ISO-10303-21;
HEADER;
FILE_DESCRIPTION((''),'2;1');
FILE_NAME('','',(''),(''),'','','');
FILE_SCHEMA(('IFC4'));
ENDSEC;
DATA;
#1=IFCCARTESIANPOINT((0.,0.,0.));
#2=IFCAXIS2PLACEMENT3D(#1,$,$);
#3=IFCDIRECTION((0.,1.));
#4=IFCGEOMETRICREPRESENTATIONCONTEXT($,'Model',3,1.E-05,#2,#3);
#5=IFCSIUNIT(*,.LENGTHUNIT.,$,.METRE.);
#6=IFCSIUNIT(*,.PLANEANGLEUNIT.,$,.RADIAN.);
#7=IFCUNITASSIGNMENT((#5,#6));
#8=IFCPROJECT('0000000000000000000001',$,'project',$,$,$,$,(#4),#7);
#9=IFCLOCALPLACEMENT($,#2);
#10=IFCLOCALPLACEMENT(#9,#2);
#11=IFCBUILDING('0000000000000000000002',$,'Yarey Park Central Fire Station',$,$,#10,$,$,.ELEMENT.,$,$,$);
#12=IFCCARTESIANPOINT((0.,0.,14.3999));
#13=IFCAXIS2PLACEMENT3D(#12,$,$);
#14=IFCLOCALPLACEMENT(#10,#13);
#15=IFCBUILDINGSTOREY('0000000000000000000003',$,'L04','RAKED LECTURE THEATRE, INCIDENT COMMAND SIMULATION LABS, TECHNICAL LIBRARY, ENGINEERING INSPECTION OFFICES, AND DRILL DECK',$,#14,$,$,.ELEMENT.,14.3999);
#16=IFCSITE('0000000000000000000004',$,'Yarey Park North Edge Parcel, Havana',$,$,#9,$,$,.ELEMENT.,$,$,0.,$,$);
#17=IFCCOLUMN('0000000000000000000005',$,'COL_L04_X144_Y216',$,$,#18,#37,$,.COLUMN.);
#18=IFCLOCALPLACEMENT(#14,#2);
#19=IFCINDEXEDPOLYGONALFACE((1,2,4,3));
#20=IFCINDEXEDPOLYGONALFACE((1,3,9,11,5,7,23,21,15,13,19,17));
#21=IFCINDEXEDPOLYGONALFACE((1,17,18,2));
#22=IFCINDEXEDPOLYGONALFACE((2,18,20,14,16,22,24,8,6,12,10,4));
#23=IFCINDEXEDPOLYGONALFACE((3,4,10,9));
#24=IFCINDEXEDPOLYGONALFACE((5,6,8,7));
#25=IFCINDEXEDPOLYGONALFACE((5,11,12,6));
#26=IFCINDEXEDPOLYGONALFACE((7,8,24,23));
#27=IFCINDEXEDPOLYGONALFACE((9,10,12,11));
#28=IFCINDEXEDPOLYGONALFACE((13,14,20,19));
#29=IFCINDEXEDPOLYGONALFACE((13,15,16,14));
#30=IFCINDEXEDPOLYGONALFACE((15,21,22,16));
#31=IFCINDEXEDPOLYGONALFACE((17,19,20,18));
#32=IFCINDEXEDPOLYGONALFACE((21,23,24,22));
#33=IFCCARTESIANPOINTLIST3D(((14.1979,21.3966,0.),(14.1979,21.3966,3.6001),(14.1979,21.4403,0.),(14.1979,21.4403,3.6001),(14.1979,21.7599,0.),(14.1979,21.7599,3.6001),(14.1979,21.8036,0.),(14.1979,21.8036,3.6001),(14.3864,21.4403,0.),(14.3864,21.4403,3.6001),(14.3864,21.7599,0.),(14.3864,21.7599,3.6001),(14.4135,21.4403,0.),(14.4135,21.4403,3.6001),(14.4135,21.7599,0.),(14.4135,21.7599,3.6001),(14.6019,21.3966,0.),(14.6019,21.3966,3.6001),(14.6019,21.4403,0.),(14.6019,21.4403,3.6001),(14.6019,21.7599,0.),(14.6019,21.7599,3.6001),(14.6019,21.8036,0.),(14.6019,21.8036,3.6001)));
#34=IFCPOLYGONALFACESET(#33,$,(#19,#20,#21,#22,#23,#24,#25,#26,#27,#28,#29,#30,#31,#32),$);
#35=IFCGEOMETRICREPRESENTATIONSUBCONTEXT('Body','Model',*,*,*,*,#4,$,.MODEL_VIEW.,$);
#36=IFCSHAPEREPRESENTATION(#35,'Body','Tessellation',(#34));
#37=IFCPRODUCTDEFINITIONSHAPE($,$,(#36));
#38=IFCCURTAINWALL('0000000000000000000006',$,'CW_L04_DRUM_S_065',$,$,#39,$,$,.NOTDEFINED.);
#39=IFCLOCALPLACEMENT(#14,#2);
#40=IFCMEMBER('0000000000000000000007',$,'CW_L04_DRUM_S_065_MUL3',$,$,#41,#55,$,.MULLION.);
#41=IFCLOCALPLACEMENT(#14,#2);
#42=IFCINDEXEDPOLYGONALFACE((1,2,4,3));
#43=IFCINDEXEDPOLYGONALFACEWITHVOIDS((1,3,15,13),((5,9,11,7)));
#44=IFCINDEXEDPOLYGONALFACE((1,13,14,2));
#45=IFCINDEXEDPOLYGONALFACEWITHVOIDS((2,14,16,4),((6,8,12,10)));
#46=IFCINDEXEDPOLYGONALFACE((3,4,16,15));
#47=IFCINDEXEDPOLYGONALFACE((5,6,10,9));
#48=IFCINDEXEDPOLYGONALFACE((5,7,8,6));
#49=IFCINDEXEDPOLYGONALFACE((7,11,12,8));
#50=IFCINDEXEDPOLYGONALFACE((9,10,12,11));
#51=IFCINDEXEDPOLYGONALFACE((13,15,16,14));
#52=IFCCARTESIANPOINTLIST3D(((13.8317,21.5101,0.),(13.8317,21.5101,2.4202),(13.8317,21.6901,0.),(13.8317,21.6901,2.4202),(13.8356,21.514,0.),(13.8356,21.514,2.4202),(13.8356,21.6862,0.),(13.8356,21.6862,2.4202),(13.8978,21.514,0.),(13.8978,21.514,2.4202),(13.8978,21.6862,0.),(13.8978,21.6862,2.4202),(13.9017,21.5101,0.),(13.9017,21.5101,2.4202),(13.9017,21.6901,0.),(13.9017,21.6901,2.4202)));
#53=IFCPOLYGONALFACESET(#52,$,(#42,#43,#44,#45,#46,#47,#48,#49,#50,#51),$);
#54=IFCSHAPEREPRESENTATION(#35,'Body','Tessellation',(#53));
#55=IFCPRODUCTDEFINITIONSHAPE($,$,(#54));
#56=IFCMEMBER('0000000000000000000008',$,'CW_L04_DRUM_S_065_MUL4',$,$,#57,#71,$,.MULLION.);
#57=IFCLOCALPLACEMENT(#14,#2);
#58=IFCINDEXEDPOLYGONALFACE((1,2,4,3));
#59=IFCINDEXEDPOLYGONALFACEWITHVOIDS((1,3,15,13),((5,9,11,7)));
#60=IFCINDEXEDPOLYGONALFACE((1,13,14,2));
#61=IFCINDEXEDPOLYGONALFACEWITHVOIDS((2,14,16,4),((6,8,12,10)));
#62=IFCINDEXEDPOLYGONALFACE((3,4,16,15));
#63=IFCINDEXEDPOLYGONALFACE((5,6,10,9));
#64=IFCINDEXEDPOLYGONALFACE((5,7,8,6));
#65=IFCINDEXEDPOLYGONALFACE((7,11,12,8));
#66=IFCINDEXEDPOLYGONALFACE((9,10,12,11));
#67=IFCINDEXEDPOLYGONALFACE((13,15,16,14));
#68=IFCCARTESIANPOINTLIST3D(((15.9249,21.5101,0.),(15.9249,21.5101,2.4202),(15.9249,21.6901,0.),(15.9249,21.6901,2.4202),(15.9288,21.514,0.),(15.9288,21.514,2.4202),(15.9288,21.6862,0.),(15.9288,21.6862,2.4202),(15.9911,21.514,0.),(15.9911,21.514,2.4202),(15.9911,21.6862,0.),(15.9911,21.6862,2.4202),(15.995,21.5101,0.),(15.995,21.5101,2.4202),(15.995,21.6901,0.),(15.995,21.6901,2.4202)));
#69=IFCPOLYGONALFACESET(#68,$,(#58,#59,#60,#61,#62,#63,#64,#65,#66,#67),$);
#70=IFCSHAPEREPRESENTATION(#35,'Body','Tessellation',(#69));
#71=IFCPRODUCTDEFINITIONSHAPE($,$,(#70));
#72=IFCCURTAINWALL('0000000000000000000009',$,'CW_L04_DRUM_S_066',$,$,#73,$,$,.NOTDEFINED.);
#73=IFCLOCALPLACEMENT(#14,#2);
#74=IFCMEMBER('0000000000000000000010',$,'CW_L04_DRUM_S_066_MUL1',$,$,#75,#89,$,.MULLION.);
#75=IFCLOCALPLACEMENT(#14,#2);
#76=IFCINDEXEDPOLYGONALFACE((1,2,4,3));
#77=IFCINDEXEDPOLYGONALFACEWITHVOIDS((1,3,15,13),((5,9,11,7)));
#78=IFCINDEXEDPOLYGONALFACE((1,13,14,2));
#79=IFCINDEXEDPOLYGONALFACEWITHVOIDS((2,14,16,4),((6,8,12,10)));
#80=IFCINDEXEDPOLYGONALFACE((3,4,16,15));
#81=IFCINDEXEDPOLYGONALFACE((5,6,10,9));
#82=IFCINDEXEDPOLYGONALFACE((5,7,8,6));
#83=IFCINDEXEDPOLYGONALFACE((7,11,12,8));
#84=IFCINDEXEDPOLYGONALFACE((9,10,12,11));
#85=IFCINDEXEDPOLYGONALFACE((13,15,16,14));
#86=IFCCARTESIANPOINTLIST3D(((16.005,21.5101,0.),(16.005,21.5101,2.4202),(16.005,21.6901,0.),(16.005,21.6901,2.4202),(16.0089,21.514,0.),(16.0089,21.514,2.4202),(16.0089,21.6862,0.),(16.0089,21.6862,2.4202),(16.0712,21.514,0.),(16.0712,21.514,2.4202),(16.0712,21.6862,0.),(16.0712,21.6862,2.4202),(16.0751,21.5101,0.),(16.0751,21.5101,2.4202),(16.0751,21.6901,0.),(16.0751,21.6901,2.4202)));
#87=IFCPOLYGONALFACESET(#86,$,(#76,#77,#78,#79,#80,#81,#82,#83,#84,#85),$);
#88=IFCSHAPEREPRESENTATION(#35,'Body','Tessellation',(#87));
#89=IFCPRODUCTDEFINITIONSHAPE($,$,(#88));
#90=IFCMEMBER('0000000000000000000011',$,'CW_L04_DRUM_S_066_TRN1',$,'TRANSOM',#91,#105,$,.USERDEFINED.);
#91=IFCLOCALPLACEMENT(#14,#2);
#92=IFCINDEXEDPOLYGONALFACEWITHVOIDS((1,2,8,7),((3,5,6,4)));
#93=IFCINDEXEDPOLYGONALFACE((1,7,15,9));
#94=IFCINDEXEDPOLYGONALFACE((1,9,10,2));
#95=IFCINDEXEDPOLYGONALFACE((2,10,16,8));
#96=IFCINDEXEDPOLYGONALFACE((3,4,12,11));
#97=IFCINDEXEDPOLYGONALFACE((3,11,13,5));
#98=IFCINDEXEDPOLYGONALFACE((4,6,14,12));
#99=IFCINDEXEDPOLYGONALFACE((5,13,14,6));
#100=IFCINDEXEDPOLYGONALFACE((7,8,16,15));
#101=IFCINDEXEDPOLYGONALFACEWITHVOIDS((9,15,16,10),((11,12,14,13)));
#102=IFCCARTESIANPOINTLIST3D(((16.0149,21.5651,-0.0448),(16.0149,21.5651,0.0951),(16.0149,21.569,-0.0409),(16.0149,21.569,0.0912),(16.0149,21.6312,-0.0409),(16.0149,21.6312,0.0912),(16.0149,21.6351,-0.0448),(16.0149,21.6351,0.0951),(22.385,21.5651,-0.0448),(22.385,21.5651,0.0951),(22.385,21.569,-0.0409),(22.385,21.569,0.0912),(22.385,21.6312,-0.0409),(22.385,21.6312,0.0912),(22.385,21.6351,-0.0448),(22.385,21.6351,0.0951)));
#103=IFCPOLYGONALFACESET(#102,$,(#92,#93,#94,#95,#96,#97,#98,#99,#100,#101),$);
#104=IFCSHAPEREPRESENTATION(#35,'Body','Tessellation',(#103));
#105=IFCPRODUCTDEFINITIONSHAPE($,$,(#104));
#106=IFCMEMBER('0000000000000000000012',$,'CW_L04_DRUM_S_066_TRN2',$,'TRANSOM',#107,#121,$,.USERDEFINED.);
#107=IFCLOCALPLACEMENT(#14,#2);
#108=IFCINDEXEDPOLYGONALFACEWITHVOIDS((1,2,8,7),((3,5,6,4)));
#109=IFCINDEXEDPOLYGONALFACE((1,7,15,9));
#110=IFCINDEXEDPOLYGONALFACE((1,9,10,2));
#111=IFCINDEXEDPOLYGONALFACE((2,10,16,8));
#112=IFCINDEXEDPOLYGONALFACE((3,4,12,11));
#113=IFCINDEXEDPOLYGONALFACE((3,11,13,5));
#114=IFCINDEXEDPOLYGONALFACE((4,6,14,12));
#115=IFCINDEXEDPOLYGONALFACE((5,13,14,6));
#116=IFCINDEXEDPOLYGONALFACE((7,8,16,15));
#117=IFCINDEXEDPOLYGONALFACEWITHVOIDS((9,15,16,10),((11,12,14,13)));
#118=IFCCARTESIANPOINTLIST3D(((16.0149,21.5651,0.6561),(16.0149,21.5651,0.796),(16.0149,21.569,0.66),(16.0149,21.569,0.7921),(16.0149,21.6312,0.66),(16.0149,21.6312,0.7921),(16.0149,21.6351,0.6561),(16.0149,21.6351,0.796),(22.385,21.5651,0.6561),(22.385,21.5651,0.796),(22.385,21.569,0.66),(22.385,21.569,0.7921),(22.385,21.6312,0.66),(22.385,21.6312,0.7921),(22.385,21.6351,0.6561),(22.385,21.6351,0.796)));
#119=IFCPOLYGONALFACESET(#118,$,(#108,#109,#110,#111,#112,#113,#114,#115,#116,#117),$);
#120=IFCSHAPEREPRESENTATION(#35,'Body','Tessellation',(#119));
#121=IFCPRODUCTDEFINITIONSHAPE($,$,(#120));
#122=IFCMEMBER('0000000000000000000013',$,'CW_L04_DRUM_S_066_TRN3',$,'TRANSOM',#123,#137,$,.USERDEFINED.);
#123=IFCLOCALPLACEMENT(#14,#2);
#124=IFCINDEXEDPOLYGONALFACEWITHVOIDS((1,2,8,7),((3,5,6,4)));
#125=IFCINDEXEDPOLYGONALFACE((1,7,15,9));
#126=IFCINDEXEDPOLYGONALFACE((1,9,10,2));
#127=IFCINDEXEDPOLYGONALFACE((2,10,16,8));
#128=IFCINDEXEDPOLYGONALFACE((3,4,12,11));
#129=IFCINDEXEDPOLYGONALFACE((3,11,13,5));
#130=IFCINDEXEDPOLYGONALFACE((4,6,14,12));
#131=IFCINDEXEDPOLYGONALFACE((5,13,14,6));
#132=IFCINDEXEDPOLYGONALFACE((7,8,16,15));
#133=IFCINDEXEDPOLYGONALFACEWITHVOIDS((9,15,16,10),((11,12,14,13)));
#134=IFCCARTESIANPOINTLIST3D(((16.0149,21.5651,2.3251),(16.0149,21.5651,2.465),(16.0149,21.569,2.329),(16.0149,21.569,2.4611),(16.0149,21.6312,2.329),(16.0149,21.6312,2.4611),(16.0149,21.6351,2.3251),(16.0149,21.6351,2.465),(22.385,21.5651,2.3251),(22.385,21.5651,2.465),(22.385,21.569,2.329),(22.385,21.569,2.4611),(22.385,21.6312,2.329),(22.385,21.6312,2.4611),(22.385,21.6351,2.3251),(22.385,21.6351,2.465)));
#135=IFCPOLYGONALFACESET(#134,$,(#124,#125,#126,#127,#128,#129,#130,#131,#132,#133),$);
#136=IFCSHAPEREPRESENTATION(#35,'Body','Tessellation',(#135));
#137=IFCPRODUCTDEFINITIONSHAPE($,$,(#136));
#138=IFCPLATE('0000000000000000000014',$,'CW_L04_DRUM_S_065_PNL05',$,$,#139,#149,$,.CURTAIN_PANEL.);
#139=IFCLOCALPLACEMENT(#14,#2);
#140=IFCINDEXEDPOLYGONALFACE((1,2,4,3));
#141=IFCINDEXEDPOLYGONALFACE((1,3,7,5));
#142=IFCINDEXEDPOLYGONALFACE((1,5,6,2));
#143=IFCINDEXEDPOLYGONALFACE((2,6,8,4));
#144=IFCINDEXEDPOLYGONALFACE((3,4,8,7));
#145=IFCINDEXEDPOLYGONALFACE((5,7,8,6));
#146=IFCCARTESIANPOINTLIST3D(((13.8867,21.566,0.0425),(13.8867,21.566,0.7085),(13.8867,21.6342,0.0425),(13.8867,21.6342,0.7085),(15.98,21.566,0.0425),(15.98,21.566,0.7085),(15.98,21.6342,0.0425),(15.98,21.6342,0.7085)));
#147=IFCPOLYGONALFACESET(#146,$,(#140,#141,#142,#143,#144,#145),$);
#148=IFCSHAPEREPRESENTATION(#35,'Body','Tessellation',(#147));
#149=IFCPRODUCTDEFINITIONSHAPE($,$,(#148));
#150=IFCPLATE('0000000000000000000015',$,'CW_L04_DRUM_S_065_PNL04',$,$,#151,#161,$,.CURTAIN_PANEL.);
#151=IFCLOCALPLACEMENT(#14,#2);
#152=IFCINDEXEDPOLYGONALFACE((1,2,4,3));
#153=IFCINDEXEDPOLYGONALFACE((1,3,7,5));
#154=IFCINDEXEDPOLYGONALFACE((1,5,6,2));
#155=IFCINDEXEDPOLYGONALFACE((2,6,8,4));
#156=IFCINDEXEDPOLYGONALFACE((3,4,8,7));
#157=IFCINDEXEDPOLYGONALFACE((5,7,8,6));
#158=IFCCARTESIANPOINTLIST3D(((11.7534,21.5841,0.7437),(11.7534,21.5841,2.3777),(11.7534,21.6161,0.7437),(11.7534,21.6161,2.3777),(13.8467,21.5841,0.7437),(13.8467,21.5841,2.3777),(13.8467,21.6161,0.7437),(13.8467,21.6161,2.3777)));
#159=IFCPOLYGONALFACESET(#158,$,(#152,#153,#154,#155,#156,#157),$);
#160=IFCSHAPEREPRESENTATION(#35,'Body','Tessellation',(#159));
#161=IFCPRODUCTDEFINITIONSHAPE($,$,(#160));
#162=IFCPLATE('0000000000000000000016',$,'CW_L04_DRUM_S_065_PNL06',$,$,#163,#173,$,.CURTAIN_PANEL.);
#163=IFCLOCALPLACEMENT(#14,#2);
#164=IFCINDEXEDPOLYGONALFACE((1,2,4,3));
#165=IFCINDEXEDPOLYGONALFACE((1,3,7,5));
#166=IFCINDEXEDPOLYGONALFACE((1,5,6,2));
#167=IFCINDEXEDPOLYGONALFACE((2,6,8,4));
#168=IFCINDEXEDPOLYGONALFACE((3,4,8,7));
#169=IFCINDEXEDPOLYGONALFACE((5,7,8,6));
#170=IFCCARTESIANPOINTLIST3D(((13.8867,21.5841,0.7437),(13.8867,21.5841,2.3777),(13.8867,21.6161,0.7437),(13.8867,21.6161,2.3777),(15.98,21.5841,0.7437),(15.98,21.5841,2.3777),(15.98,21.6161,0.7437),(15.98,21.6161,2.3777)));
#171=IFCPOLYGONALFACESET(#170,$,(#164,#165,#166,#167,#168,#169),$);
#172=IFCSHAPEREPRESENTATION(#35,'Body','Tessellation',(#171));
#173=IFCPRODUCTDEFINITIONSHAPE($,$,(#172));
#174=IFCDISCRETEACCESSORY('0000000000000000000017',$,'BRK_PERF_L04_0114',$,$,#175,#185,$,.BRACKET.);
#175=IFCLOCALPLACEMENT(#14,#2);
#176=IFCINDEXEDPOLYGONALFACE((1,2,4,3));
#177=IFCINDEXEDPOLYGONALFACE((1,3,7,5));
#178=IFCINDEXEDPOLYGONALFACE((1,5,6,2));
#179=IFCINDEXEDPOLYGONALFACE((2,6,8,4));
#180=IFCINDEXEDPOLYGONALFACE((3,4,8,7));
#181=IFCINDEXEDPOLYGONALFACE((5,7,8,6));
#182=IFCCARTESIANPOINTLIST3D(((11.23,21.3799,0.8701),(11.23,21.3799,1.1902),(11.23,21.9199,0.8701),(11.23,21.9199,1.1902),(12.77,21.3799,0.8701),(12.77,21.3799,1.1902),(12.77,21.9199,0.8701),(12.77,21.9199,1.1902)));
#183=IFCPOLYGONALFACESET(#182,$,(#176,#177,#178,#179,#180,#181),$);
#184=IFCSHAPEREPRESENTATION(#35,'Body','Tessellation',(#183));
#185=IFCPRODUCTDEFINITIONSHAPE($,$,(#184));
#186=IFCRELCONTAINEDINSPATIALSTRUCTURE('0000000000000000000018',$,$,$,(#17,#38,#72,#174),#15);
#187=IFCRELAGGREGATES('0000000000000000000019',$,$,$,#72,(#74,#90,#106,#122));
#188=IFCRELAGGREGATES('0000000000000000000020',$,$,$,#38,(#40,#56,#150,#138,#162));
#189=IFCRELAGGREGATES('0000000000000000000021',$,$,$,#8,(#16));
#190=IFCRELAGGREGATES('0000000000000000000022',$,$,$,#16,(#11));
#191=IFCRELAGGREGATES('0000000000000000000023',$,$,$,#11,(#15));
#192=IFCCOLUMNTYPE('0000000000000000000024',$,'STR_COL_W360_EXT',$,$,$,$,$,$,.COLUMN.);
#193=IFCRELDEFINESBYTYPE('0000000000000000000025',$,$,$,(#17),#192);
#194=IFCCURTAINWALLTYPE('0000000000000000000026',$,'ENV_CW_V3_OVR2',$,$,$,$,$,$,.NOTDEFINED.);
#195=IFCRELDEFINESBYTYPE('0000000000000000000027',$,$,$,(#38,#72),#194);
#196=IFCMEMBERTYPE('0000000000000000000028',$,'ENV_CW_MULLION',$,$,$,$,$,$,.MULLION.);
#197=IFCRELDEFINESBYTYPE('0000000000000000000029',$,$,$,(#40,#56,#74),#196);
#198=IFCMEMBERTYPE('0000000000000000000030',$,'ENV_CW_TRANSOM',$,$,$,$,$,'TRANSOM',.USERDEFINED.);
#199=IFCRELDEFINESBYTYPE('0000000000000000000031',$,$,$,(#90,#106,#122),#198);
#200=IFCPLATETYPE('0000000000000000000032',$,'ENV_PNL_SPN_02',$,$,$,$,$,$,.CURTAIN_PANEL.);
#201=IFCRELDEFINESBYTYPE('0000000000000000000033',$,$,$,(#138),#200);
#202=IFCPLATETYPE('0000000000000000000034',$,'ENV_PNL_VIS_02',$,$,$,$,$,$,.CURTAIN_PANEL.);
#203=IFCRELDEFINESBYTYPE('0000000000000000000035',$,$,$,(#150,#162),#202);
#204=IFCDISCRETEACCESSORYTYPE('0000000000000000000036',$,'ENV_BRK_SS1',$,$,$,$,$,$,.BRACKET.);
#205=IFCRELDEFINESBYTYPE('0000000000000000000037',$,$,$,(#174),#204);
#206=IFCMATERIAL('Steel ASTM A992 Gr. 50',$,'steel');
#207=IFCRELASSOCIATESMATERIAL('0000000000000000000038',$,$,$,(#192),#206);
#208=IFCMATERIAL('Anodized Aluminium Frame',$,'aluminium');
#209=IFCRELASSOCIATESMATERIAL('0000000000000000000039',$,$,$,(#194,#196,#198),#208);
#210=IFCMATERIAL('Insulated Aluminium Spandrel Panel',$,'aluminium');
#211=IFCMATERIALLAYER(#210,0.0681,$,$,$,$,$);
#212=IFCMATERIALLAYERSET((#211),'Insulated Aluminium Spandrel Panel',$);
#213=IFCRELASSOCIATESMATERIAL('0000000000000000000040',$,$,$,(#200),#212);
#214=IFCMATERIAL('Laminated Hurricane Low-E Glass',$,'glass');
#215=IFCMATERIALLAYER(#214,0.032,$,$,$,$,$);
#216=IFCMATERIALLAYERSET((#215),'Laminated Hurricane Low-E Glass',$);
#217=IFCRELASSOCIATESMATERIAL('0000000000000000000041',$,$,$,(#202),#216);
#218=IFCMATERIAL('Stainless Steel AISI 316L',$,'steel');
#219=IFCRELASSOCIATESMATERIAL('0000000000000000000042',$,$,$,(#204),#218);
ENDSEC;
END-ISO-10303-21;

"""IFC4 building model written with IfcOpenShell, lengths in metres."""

from ifc_helpers import new_model, si_unit, direction, frame, origin, origin_2d, place, context, subcontext, project, spatial, rectangle, hollow_rectangle, i_section, extrude, material, layer, layer_set, material_profile, profile_set, type_object, element, aggregate, save


model = new_model("IFC4")

# Units and contexts
model_context = context("Model", 3, precision=1e-05, world=origin(), true_north=direction((0.0, 1.0)))
body_context = subcontext(model_context, "Body", "Model", "MODEL_VIEW")
ifc_project = project(units=[si_unit("LENGTHUNIT", "METRE"), si_unit("PLANEANGLEUNIT", "RADIAN")], contexts=[model_context])

# Site, building, storey
site_placement = place(None, origin())
site = spatial("IfcSite", under=ifc_project, at=site_placement, Name="Yarey Park North Edge Parcel, Havana", CompositionType="ELEMENT", RefElevation=0.0)
building_placement = place(site_placement, origin())
building = spatial("IfcBuilding", under=site, at=building_placement, Name="Yarey Park Central Fire Station", CompositionType="ELEMENT")
storey_placement = place(building_placement, frame((0.0, 0.0, 14.3999)))
storey = spatial("IfcBuildingStorey", under=building, at=storey_placement, Name="L04", Description="RAKED LECTURE THEATRE, INCIDENT COMMAND SIMULATION LABS, TECHNICAL LIBRARY, ENGINEERING INSPECTION OFFICES, AND DRILL DECK", CompositionType="ELEMENT", Elevation=14.3999)

# Column
ifc_material_1 = material(Name="Steel ASTM A992 Gr. 50", Category="steel")
ifc_material_profile_1 = material_profile(ifc_material_1, i_section(OverallWidth=0.4041, OverallDepth=0.407, WebThickness=0.0271, FlangeThickness=0.0437, at=origin_2d()), Name="W360x347")
ifc_profile_set_1 = profile_set([ifc_material_profile_1], Name="Steel ASTM A992 Gr. 50")
column_type = type_object("IfcColumnType", Name="STR_COL_W360_EXT", PredefinedType="COLUMN", material=ifc_profile_set_1)
column_placement = place(storey_placement, frame((14.3999, 21.6001, 0.0), z_axis=(0.0, 0.0, 1.0), x_axis=(1.0, 0.0, 0.0)))
element("IfcColumn", 1, at=column_placement, inside=storey, type_object=column_type, Name="COL_L04_X144_Y216", PredefinedType="COLUMN", context=body_context, shape_type="SweptSolid", body=[
    extrude(i_section(OverallWidth=0.4041, OverallDepth=0.407, WebThickness=0.0271, FlangeThickness=0.0437, at=origin_2d()), origin(), (0.0, 0.0, 1.0), 3.6001),
])

# Curtain walls, members
ifc_material_2 = material(Name="Anodized Aluminium Frame", Category="aluminium")
curtain_wall_type = type_object("IfcCurtainWallType", Name="ENV_CW_V3_OVR2", PredefinedType="NOTDEFINED", material=ifc_material_2)
curtain_wall_1_placement = place(storey_placement, origin())
curtain_wall_1 = element("IfcCurtainWall", 2, at=curtain_wall_1_placement, inside=storey, type_object=curtain_wall_type, Name="CW_L04_DRUM_S_065", PredefinedType="NOTDEFINED")
ifc_material_profile_2 = material_profile(ifc_material_2, hollow_rectangle(XDim=0.0701, YDim=0.1799, WallThickness=0.0039, at=origin_2d()), Name="ALU 180x70x4")
ifc_profile_set_2 = profile_set([ifc_material_profile_2], Name="Anodized Aluminium Frame")
member_type_1 = type_object("IfcMemberType", Name="ENV_CW_MULLION", PredefinedType="MULLION", material=ifc_profile_set_2)
member_1_placement = place(storey_placement, frame((13.8667, 21.6001, 0.0), z_axis=(0.0, 0.0, 1.0), x_axis=(1.0, 0.0, 0.0)))
member_1 = element("IfcMember", 3, at=member_1_placement, type_object=member_type_1, Name="CW_L04_DRUM_S_065_MUL3", PredefinedType="MULLION", context=body_context, shape_type="SweptSolid", body=[
    extrude(hollow_rectangle(XDim=0.0701, YDim=0.1799, WallThickness=0.0039, at=origin_2d()), origin(), (0.0, 0.0, 1.0), 2.4202),
])
member_2_placement = place(storey_placement, frame((15.96, 21.6001, 0.0), z_axis=(0.0, 0.0, 1.0), x_axis=(1.0, 0.0, 0.0)))
member_2 = element("IfcMember", 4, at=member_2_placement, type_object=member_type_1, Name="CW_L04_DRUM_S_065_MUL4", PredefinedType="MULLION", context=body_context, shape_type="SweptSolid", body=[
    extrude(hollow_rectangle(XDim=0.0701, YDim=0.1799, WallThickness=0.0039, at=origin_2d()), origin(), (0.0, 0.0, 1.0), 2.4202),
])
curtain_wall_2_placement = place(storey_placement, origin())
curtain_wall_2 = element("IfcCurtainWall", 5, at=curtain_wall_2_placement, inside=storey, type_object=curtain_wall_type, Name="CW_L04_DRUM_S_066", PredefinedType="NOTDEFINED")
member_3_placement = place(storey_placement, frame((16.04, 21.6001, 0.0), z_axis=(0.0, 0.0, 1.0), x_axis=(1.0, 0.0, 0.0)))
member_3 = element("IfcMember", 6, at=member_3_placement, type_object=member_type_1, Name="CW_L04_DRUM_S_066_MUL1", PredefinedType="MULLION", context=body_context, shape_type="SweptSolid", body=[
    extrude(hollow_rectangle(XDim=0.0701, YDim=0.1799, WallThickness=0.0039, at=origin_2d()), origin(), (0.0, 0.0, 1.0), 2.4202),
])
ifc_material_profile_3 = material_profile(ifc_material_2, hollow_rectangle(XDim=0.0701, YDim=0.1399, WallThickness=0.0039, at=origin_2d()), Name="ALU 140x70x4")
ifc_profile_set_3 = profile_set([ifc_material_profile_3], Name="Anodized Aluminium Frame")
member_type_2 = type_object("IfcMemberType", Name="ENV_CW_TRANSOM", ElementType="TRANSOM", PredefinedType="USERDEFINED", material=ifc_profile_set_3)
member_4_placement = place(storey_placement, frame((16.0149, 21.6001, 0.0251), z_axis=(1.0, 0.0, 0.0), x_axis=(0.0, 1.0, 0.0)))
member_4 = element("IfcMember", 7, at=member_4_placement, type_object=member_type_2, Name="CW_L04_DRUM_S_066_TRN1", ObjectType="TRANSOM", PredefinedType="USERDEFINED", context=body_context, shape_type="SweptSolid", body=[
    extrude(hollow_rectangle(XDim=0.0701, YDim=0.1399, WallThickness=0.0039, at=origin_2d()), origin(), (0.0, 0.0, 1.0), 6.3701),
])
member_5_placement = place(storey_placement, frame((16.0149, 21.6001, 0.7261), z_axis=(1.0, 0.0, 0.0), x_axis=(0.0, 1.0, 0.0)))
member_5 = element("IfcMember", 8, at=member_5_placement, type_object=member_type_2, Name="CW_L04_DRUM_S_066_TRN2", ObjectType="TRANSOM", PredefinedType="USERDEFINED", context=body_context, shape_type="SweptSolid", body=[
    extrude(hollow_rectangle(XDim=0.0701, YDim=0.1399, WallThickness=0.0039, at=origin_2d()), origin(), (0.0, 0.0, 1.0), 6.3701),
])
member_6_placement = place(storey_placement, frame((16.0149, 21.6001, 2.395), z_axis=(1.0, 0.0, 0.0), x_axis=(0.0, 1.0, 0.0)))
member_6 = element("IfcMember", 9, at=member_6_placement, type_object=member_type_2, Name="CW_L04_DRUM_S_066_TRN3", ObjectType="TRANSOM", PredefinedType="USERDEFINED", context=body_context, shape_type="SweptSolid", body=[
    extrude(hollow_rectangle(XDim=0.0701, YDim=0.1399, WallThickness=0.0039, at=origin_2d()), origin(), (0.0, 0.0, 1.0), 6.3701),
])
aggregate(curtain_wall_2, [member_3, member_4, member_5, member_6])

# Plates
ifc_material_3 = material(Name="Insulated Aluminium Spandrel Panel", Category="aluminium")
ifc_layer_1 = layer(ifc_material_3, 0.0681)
ifc_layer_set_1 = layer_set([ifc_layer_1], Name="Insulated Aluminium Spandrel Panel")
plate_type_1 = type_object("IfcPlateType", Name="ENV_PNL_SPN_02", PredefinedType="CURTAIN_PANEL", material=ifc_layer_set_1)
plate_1_placement = place(storey_placement, frame((14.9333, 21.6001, 0.0425), z_axis=(0.0, 0.0, 1.0), x_axis=(1.0, 0.0, 0.0)))
plate_1 = element("IfcPlate", 10, at=plate_1_placement, type_object=plate_type_1, Name="CW_L04_DRUM_S_065_PNL05", PredefinedType="CURTAIN_PANEL", context=body_context, shape_type="SweptSolid", body=[
    extrude(rectangle(XDim=2.0933, YDim=0.0681, at=origin_2d()), origin(), (0.0, 0.0, 1.0), 0.666),
])
ifc_material_4 = material(Name="Laminated Hurricane Low-E Glass", Category="glass")
ifc_layer_2 = layer(ifc_material_4, 0.032)
ifc_layer_set_2 = layer_set([ifc_layer_2], Name="Laminated Hurricane Low-E Glass")
plate_type_2 = type_object("IfcPlateType", Name="ENV_PNL_VIS_02", PredefinedType="CURTAIN_PANEL", material=ifc_layer_set_2)
plate_2_placement = place(storey_placement, frame((12.8, 21.6001, 0.7437), z_axis=(0.0, 0.0, 1.0), x_axis=(1.0, 0.0, 0.0)))
plate_2 = element("IfcPlate", 11, at=plate_2_placement, type_object=plate_type_2, Name="CW_L04_DRUM_S_065_PNL04", PredefinedType="CURTAIN_PANEL", context=body_context, shape_type="SweptSolid", body=[
    extrude(rectangle(XDim=2.0933, YDim=0.032, at=origin_2d()), origin(), (0.0, 0.0, 1.0), 1.634),
])
plate_3_placement = place(storey_placement, frame((14.9333, 21.6001, 0.7437), z_axis=(0.0, 0.0, 1.0), x_axis=(1.0, 0.0, 0.0)))
plate_3 = element("IfcPlate", 12, at=plate_3_placement, type_object=plate_type_2, Name="CW_L04_DRUM_S_065_PNL06", PredefinedType="CURTAIN_PANEL", context=body_context, shape_type="SweptSolid", body=[
    extrude(rectangle(XDim=2.0933, YDim=0.032, at=origin_2d()), origin(), (0.0, 0.0, 1.0), 1.634),
])
aggregate(curtain_wall_1, [member_1, member_2, plate_2, plate_1, plate_3])

# Discrete accessory
ifc_material_5 = material(Name="Stainless Steel AISI 316L", Category="steel")
discrete_accessory_type = type_object("IfcDiscreteAccessoryType", Name="ENV_BRK_SS1", PredefinedType="BRACKET", material=ifc_material_5)
for number, where, z_axis, x_axis, name in (
    (13, (12.0, 21.6499, 0.8701), (0.0, 0.0, 1.0), (1.0, 0.0, 0.0), "BRK_PERF_L04_0114"),
):
    element("IfcDiscreteAccessory", number, at=place(storey_placement, frame(where, z_axis=z_axis, x_axis=x_axis)), inside=storey, type_object=discrete_accessory_type, Name=name, PredefinedType="BRACKET", context=body_context, shape_type="SweptSolid", body=[
        extrude(rectangle(XDim=1.54, YDim=0.54, at=origin_2d()), origin(), (0.0, 0.0, 1.0), 0.3201),
    ])

save(model, "model.ifc")
